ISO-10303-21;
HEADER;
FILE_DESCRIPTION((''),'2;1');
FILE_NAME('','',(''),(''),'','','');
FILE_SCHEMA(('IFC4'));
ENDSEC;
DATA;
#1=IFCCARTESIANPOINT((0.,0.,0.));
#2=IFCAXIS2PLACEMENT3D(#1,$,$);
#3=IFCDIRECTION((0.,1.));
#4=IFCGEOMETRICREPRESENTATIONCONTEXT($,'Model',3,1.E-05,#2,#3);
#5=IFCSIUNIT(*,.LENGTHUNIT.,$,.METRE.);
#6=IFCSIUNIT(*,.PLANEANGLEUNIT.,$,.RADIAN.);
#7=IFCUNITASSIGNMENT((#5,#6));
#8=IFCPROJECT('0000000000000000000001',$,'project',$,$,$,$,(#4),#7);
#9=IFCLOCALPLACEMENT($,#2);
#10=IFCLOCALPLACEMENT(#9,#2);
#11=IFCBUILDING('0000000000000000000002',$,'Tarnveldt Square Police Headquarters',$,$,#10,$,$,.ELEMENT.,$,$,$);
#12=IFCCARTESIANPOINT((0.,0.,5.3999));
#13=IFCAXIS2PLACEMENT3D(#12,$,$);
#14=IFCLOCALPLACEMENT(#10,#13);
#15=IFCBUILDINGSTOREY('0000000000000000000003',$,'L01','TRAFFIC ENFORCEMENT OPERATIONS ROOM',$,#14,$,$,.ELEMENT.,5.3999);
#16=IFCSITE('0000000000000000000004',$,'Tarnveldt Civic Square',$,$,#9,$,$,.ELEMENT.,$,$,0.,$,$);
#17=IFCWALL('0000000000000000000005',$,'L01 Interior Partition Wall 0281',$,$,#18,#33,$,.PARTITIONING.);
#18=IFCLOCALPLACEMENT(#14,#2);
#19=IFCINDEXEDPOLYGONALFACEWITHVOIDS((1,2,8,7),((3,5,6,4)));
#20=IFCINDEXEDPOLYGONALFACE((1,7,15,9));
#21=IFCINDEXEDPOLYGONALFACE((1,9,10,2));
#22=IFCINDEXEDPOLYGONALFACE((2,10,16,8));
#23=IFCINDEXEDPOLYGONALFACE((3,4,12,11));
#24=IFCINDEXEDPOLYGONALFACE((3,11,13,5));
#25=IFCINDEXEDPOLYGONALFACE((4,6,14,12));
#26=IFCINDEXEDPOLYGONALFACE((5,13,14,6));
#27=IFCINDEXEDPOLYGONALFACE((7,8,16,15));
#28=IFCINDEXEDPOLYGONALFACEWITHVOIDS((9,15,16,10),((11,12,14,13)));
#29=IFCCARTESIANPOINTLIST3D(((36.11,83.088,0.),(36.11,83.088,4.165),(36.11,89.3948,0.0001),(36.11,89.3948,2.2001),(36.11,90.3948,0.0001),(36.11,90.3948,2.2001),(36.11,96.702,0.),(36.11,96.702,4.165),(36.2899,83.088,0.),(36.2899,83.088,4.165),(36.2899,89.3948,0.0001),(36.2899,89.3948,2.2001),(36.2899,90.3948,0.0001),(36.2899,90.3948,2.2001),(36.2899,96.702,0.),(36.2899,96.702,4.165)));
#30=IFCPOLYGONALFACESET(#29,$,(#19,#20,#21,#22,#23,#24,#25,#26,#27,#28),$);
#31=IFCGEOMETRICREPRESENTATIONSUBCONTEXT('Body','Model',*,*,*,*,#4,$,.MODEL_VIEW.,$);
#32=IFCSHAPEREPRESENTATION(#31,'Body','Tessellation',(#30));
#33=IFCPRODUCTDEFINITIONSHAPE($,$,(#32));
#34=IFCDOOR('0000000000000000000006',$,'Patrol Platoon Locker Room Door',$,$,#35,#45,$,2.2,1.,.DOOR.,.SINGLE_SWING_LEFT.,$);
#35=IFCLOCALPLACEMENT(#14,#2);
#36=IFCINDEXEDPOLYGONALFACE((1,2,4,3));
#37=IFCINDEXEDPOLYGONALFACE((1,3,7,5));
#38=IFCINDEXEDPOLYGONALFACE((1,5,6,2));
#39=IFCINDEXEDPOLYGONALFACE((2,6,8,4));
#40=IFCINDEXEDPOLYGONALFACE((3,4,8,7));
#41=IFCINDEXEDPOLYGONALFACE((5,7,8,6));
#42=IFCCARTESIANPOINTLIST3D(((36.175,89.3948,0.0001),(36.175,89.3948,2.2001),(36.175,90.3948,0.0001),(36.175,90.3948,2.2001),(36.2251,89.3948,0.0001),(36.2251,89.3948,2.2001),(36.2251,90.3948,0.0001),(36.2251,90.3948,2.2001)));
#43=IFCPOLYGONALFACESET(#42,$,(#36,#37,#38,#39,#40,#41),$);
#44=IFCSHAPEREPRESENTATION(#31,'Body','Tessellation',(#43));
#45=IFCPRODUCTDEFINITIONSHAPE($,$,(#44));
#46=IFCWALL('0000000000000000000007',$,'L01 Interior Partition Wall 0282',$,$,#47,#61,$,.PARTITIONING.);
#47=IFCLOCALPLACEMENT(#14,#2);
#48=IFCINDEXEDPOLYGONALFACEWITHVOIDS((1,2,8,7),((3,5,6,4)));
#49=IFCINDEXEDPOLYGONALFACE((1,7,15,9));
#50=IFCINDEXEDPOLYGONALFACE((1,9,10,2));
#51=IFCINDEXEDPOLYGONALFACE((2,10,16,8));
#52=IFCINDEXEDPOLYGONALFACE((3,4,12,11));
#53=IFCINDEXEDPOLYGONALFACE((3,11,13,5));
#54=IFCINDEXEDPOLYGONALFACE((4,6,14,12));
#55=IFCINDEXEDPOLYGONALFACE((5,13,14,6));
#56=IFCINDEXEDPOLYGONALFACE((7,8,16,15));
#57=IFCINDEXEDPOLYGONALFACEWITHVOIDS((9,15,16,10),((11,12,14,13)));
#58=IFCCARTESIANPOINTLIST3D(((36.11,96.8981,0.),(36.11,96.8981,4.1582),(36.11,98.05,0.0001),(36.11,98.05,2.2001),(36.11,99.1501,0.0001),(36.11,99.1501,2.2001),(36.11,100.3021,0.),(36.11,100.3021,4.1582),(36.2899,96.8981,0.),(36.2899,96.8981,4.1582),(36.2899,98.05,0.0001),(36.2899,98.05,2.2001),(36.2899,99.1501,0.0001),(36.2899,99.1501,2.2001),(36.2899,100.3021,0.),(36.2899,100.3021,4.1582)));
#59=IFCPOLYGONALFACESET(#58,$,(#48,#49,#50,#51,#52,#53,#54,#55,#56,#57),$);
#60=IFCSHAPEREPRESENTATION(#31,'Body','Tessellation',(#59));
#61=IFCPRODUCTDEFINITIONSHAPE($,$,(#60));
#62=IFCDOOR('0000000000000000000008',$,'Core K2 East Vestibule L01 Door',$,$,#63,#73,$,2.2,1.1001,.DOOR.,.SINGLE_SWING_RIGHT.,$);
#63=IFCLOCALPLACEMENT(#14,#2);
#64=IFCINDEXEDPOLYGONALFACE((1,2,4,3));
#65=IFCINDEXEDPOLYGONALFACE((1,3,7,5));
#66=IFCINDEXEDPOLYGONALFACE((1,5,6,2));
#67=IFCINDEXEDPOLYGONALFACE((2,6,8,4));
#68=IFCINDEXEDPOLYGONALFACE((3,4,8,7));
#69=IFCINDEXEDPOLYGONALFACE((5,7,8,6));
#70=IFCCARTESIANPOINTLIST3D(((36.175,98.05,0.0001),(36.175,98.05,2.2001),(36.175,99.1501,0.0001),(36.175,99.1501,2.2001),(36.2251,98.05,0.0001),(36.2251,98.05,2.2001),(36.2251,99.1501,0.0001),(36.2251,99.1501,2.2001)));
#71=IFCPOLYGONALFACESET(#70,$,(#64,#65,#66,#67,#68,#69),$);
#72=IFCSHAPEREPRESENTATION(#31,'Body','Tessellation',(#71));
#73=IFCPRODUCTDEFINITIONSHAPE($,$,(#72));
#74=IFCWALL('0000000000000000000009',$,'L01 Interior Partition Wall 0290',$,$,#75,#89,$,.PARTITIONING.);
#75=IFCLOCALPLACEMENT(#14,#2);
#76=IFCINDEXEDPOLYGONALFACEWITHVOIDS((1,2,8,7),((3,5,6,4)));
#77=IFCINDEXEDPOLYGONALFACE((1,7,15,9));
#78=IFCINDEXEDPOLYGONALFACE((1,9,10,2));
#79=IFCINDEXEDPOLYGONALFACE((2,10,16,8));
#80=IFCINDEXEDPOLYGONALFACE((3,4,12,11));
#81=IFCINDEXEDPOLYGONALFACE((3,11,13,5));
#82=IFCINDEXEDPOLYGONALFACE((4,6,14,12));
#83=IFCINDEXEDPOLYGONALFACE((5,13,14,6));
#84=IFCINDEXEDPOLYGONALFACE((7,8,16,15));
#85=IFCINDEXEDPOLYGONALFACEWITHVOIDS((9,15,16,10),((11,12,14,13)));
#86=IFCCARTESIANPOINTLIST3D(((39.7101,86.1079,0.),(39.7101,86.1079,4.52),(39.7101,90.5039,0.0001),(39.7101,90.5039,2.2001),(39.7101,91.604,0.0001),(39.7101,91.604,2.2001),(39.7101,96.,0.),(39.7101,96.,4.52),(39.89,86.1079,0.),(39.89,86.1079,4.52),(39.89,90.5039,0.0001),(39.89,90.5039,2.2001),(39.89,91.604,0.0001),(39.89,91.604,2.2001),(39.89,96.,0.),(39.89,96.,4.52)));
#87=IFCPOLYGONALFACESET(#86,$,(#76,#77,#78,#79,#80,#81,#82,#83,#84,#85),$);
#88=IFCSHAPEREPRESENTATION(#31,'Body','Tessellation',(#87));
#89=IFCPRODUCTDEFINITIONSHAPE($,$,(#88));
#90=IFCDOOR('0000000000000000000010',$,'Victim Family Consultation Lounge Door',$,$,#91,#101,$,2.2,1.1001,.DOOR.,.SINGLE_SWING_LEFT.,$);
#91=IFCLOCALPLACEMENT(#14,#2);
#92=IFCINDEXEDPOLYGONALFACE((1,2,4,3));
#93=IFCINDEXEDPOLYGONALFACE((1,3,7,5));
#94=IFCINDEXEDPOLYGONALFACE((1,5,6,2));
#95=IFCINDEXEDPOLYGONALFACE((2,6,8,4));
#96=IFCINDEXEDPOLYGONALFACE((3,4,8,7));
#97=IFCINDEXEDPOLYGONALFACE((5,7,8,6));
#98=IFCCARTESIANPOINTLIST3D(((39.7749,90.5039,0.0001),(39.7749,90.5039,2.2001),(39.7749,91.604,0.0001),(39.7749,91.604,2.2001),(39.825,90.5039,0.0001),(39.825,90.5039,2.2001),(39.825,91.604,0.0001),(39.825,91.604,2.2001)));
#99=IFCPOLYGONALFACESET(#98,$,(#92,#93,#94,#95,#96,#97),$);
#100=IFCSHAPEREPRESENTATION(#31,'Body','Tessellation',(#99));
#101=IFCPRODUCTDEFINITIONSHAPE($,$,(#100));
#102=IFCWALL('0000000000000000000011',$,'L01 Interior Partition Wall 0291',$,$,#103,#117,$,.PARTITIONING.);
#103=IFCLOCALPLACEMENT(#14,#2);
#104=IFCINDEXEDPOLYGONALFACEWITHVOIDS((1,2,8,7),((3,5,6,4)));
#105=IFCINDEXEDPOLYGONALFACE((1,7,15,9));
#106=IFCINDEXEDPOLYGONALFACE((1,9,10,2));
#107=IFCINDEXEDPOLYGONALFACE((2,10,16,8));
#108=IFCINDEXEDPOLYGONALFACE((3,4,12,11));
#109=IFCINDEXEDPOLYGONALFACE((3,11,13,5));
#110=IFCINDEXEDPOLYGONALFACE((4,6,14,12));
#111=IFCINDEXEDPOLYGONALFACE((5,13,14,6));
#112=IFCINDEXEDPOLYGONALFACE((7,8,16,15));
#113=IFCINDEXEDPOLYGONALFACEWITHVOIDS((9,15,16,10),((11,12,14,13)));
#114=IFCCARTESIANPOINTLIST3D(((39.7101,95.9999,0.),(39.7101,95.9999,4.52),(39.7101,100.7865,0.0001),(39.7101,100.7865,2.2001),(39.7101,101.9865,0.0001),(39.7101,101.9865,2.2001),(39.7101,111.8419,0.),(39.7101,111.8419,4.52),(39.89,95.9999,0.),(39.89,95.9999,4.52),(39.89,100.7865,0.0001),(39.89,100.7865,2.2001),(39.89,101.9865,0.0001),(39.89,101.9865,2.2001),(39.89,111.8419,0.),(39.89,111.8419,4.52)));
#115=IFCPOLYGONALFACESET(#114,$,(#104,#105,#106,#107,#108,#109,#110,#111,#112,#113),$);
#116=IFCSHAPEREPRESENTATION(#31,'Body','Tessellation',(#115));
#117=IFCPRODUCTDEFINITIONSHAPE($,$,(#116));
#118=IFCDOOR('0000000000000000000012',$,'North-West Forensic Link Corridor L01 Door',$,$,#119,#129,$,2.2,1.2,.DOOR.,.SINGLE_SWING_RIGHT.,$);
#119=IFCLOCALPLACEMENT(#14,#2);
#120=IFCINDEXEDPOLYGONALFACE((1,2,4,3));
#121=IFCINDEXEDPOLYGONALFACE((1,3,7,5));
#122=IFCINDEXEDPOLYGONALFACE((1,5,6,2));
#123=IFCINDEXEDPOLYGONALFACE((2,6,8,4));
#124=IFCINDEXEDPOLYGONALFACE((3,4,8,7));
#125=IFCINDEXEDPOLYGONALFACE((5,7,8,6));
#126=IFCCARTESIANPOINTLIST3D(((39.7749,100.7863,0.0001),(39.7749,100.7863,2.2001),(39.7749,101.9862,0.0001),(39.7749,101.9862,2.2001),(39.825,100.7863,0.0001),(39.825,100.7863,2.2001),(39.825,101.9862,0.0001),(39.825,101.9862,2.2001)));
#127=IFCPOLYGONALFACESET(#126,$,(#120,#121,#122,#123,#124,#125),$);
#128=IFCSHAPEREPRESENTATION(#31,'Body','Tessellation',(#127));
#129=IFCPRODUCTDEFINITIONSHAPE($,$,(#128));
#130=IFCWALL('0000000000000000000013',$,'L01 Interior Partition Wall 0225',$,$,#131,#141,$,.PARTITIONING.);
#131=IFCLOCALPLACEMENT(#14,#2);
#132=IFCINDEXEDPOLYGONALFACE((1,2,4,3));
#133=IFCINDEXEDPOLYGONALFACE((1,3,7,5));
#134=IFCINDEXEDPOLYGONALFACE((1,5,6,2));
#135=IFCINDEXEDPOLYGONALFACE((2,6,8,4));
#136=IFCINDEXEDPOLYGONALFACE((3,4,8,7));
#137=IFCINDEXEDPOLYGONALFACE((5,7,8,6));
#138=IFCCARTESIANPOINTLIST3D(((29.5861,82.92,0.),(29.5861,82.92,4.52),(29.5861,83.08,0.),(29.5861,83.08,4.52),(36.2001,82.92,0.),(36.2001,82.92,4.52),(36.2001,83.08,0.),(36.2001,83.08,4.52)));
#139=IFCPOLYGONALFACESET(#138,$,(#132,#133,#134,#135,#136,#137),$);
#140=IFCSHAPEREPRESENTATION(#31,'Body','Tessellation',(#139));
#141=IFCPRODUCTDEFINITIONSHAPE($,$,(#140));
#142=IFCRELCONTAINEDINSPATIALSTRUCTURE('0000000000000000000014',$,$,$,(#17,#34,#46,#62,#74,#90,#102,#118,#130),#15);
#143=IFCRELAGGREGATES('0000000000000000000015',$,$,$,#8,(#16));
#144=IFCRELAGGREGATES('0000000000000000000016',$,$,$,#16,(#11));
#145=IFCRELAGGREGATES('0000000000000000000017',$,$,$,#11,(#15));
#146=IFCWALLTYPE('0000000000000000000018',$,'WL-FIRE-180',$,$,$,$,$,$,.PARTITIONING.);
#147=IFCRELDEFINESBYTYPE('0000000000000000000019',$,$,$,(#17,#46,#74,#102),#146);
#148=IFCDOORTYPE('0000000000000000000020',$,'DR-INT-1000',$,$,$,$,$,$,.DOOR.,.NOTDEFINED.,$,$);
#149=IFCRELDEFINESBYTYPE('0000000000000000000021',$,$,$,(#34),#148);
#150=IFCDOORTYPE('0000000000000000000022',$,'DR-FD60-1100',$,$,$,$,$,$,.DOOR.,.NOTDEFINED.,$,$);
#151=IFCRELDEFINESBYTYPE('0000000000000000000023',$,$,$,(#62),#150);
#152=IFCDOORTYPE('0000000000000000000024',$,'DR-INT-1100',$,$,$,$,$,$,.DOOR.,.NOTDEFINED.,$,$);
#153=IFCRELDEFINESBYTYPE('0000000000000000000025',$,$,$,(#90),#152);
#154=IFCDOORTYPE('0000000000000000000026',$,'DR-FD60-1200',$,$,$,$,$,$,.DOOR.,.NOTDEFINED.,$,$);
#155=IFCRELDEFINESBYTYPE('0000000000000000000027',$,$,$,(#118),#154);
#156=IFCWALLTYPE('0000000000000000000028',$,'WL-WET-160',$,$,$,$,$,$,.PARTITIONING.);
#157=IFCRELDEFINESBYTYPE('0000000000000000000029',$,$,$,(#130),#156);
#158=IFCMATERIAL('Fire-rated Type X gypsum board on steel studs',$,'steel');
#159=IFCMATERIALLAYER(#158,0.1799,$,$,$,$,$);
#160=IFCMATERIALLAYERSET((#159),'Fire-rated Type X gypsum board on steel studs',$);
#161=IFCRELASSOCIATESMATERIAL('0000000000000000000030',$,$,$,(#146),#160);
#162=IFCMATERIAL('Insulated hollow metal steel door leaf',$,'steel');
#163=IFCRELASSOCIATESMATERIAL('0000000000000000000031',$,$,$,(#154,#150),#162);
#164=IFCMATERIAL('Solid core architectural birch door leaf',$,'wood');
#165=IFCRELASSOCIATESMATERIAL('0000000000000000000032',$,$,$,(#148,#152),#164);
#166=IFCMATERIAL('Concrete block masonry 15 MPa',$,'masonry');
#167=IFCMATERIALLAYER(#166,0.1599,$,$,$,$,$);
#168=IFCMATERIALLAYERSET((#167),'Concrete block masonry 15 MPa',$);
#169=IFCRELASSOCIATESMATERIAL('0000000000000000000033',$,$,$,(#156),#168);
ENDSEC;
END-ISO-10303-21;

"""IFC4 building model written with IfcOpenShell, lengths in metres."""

from ifc_helpers import new_model, si_unit, direction, frame, frame_2d, origin, place, context, subcontext, project, spatial, rectangle, extrude, material, layer, layer_set, type_object, element, fill, save


model = new_model("IFC4")

# Units and contexts
model_context = context("Model", 3, precision=1e-05, world=origin(), true_north=direction((0.0, 1.0)))
body_context = subcontext(model_context, "Body", "Model", "MODEL_VIEW")
ifc_project = project(units=[si_unit("LENGTHUNIT", "METRE"), si_unit("PLANEANGLEUNIT", "RADIAN")], contexts=[model_context])

# Site, building, storey
site_placement = place(None, origin())
site = spatial("IfcSite", under=ifc_project, at=site_placement, Name="Tarnveldt Civic Square", CompositionType="ELEMENT", RefElevation=0.0)
building_placement = place(site_placement, origin())
building = spatial("IfcBuilding", under=site, at=building_placement, Name="Tarnveldt Square Police Headquarters", CompositionType="ELEMENT")
storey_placement = place(building_placement, frame((0.0, 0.0, 5.3999)))
storey = spatial("IfcBuildingStorey", under=building, at=storey_placement, Name="L01", Description="TRAFFIC ENFORCEMENT OPERATIONS ROOM", CompositionType="ELEMENT", Elevation=5.3999)

# Shared definitions
ifc_material_1 = material(Name="Fire-rated Type X gypsum board on steel studs", Category="steel")
ifc_layer_1 = layer(ifc_material_1, 0.1799)
ifc_layer_set_1 = layer_set([ifc_layer_1], Name="Fire-rated Type X gypsum board on steel studs")
wall_type_1 = type_object("IfcWallType", Name="WL-FIRE-180", PredefinedType="PARTITIONING", material=ifc_layer_set_1)

# Walls, openings, doors
ifc_material_2 = material(Name="Insulated hollow metal steel door leaf", Category="steel")
door_type_1 = type_object("IfcDoorType", Name="DR-FD60-1200", OperationType="NOTDEFINED", PredefinedType="DOOR", material=ifc_material_2)
wall_1_placement = place(storey_placement, frame((36.2, 83.0879, 0.0), z_axis=(0.0, 0.0, 1.0), x_axis=(0.0, 1.0, 0.0)))
wall_1 = element("IfcWall", 1, at=wall_1_placement, inside=storey, type_object=wall_type_1, Name="L01 Interior Partition Wall 0281", PredefinedType="PARTITIONING", context=body_context, shape_type="SweptSolid", body=[
    extrude(rectangle(XDim=13.614, YDim=0.1799, at=frame_2d((6.8071, 0.0))), origin(), (0.0, 0.0, 1.0), 4.165),
])
opening_1_placement = place(wall_1_placement, frame((6.3069, 0.0, 0.0)))
opening_1 = element("IfcOpeningElement", 2, at=opening_1_placement, cuts=wall_1, PredefinedType="OPENING", context=body_context, shape_type="SweptSolid", body=[
    extrude(rectangle(XDim=1.0, YDim=2.2, at=frame_2d((0.5, 1.1001))), frame((0.0, 0.0999, 0.0), z_axis=(0.0, -1.0, 0.0), x_axis=(1.0, 0.0, 0.0)), (0.0, 0.0, 1.0), 0.2),
])
ifc_material_3 = material(Name="Solid core architectural birch door leaf", Category="wood")
door_type_2 = type_object("IfcDoorType", Name="DR-INT-1000", OperationType="NOTDEFINED", PredefinedType="DOOR", material=ifc_material_3)
door_1_placement = place(opening_1_placement, origin())
door_1 = element("IfcDoor", 3, at=door_1_placement, inside=storey, type_object=door_type_2, Name="Patrol Platoon Locker Room Door", OperationType="SINGLE_SWING_LEFT", OverallHeight=2.2, OverallWidth=1.0, PredefinedType="DOOR", context=body_context, shape_type="SweptSolid", body=[
    extrude(rectangle(XDim=1.0, YDim=2.2, at=frame_2d((0.5, 1.1001))), frame((0.0, 0.0249, 0.0), z_axis=(0.0, -1.0, 0.0), x_axis=(1.0, 0.0, 0.0)), (0.0, 0.0, 1.0), 0.05),
])
fill(opening_1, door_1)
wall_2_placement = place(storey_placement, frame((36.2, 96.8979, 0.0), z_axis=(0.0, 0.0, 1.0), x_axis=(0.0, 1.0, 0.0)))
wall_2 = element("IfcWall", 4, at=wall_2_placement, inside=storey, type_object=wall_type_1, Name="L01 Interior Partition Wall 0282", PredefinedType="PARTITIONING", context=body_context, shape_type="SweptSolid", body=[
    extrude(rectangle(XDim=3.4041, YDim=0.1799, at=frame_2d((1.7021, 0.0))), origin(), (0.0, 0.0, 1.0), 4.1582),
])
opening_2_placement = place(wall_2_placement, frame((1.1521, 0.0, 0.0)))
opening_2 = element("IfcOpeningElement", 5, at=opening_2_placement, cuts=wall_2, PredefinedType="OPENING", context=body_context, shape_type="SweptSolid", body=[
    extrude(rectangle(XDim=1.1001, YDim=2.2, at=frame_2d((0.55, 1.1001))), frame((0.0, 0.0999, 0.0), z_axis=(0.0, -1.0, 0.0), x_axis=(1.0, 0.0, 0.0)), (0.0, 0.0, 1.0), 0.2),
])
door_type_3 = type_object("IfcDoorType", Name="DR-FD60-1100", OperationType="NOTDEFINED", PredefinedType="DOOR", material=ifc_material_2)
door_2_placement = place(opening_2_placement, origin())
door_2 = element("IfcDoor", 6, at=door_2_placement, inside=storey, type_object=door_type_3, Name="Core K2 East Vestibule L01 Door", OperationType="SINGLE_SWING_RIGHT", OverallHeight=2.2, OverallWidth=1.1001, PredefinedType="DOOR", context=body_context, shape_type="SweptSolid", body=[
    extrude(rectangle(XDim=1.1001, YDim=2.2, at=frame_2d((0.55, 1.1001))), frame((0.0, 0.0249, 0.0), z_axis=(0.0, -1.0, 0.0), x_axis=(1.0, 0.0, 0.0)), (0.0, 0.0, 1.0), 0.05),
])
fill(opening_2, door_2)
wall_3_placement = place(storey_placement, frame((39.8, 86.1079, 0.0), z_axis=(0.0, 0.0, 1.0), x_axis=(0.0, 1.0, 0.0)))
wall_3 = element("IfcWall", 7, at=wall_3_placement, inside=storey, type_object=wall_type_1, Name="L01 Interior Partition Wall 0290", PredefinedType="PARTITIONING", context=body_context, shape_type="SweptSolid", body=[
    extrude(rectangle(XDim=9.8921, YDim=0.1799, at=frame_2d((4.946, 0.0))), origin(), (0.0, 0.0, 1.0), 4.52),
])
opening_3_placement = place(wall_3_placement, frame((4.396, 0.0, 0.0)))
opening_3 = element("IfcOpeningElement", 8, at=opening_3_placement, cuts=wall_3, PredefinedType="OPENING", context=body_context, shape_type="SweptSolid", body=[
    extrude(rectangle(XDim=1.1001, YDim=2.2, at=frame_2d((0.55, 1.1001))), frame((0.0, 0.0999, 0.0), z_axis=(0.0, -1.0, 0.0), x_axis=(1.0, 0.0, 0.0)), (0.0, 0.0, 1.0), 0.2),
])
door_type_4 = type_object("IfcDoorType", Name="DR-INT-1100", OperationType="NOTDEFINED", PredefinedType="DOOR", material=ifc_material_3)
door_3_placement = place(opening_3_placement, frame((1.1001, 0.0, 0.0), z_axis=(0.0, 0.0, 1.0), x_axis=(-1.0, 0.0, 0.0)))
door_3 = element("IfcDoor", 9, at=door_3_placement, inside=storey, type_object=door_type_4, Name="Victim Family Consultation Lounge Door", OperationType="SINGLE_SWING_LEFT", OverallHeight=2.2, OverallWidth=1.1001, PredefinedType="DOOR", context=body_context, shape_type="SweptSolid", body=[
    extrude(rectangle(XDim=1.1001, YDim=2.2, at=frame_2d((0.55, 1.1001))), frame((0.0, 0.0249, 0.0), z_axis=(0.0, -1.0, 0.0), x_axis=(1.0, 0.0, 0.0)), (0.0, 0.0, 1.0), 0.05),
])
fill(opening_3, door_3)
wall_4_placement = place(storey_placement, frame((39.8, 96.0, 0.0), z_axis=(0.0, 0.0, 1.0), x_axis=(0.0, 1.0, 0.0)))
wall_4 = element("IfcWall", 10, at=wall_4_placement, inside=storey, type_object=wall_type_1, Name="L01 Interior Partition Wall 0291", PredefinedType="PARTITIONING", context=body_context, shape_type="SweptSolid", body=[
    extrude(rectangle(XDim=15.842, YDim=0.1799, at=frame_2d((7.9209, 0.0))), origin(), (0.0, 0.0, 1.0), 4.52),
])
opening_4_placement = place(wall_4_placement, frame((4.7864, 0.0, 0.0)))
opening_4 = element("IfcOpeningElement", 11, at=opening_4_placement, cuts=wall_4, PredefinedType="OPENING", context=body_context, shape_type="SweptSolid", body=[
    extrude(rectangle(XDim=1.2, YDim=2.2, at=frame_2d((0.6001, 1.1001))), frame((0.0, 0.0999, 0.0), z_axis=(0.0, -1.0, 0.0), x_axis=(1.0, 0.0, 0.0)), (0.0, 0.0, 1.0), 0.2),
])
door_4_placement = place(opening_4_placement, frame((1.2, 0.0, 0.0), z_axis=(0.0, 0.0, 1.0), x_axis=(-1.0, 0.0, 0.0)))
door_4 = element("IfcDoor", 12, at=door_4_placement, inside=storey, type_object=door_type_1, Name="North-West Forensic Link Corridor L01 Door", OperationType="SINGLE_SWING_RIGHT", OverallHeight=2.2, OverallWidth=1.2, PredefinedType="DOOR", context=body_context, shape_type="SweptSolid", body=[
    extrude(rectangle(XDim=1.2, YDim=2.2, at=frame_2d((0.6001, 1.1001))), frame((0.0, 0.0249, 0.0), z_axis=(0.0, -1.0, 0.0), x_axis=(1.0, 0.0, 0.0)), (0.0, 0.0, 1.0), 0.05),
])
fill(opening_4, door_4)

# Wall
ifc_material_4 = material(Name="Concrete block masonry 15 MPa", Category="masonry")
ifc_layer_2 = layer(ifc_material_4, 0.1599)
ifc_layer_set_2 = layer_set([ifc_layer_2], Name="Concrete block masonry 15 MPa")
wall_type_2 = type_object("IfcWallType", Name="WL-WET-160", PredefinedType="PARTITIONING", material=ifc_layer_set_2)
wall_5_placement = place(storey_placement, frame((29.5859, 83.0, 0.0), z_axis=(0.0, 0.0, 1.0), x_axis=(1.0, 0.0, 0.0)))
element("IfcWall", 13, at=wall_5_placement, inside=storey, type_object=wall_type_2, Name="L01 Interior Partition Wall 0225", PredefinedType="PARTITIONING", context=body_context, shape_type="SweptSolid", body=[
    extrude(rectangle(XDim=6.614, YDim=0.1599, at=frame_2d((3.3071, 0.0))), origin(), (0.0, 0.0, 1.0), 4.52),
])

save(model, "model.ifc")
